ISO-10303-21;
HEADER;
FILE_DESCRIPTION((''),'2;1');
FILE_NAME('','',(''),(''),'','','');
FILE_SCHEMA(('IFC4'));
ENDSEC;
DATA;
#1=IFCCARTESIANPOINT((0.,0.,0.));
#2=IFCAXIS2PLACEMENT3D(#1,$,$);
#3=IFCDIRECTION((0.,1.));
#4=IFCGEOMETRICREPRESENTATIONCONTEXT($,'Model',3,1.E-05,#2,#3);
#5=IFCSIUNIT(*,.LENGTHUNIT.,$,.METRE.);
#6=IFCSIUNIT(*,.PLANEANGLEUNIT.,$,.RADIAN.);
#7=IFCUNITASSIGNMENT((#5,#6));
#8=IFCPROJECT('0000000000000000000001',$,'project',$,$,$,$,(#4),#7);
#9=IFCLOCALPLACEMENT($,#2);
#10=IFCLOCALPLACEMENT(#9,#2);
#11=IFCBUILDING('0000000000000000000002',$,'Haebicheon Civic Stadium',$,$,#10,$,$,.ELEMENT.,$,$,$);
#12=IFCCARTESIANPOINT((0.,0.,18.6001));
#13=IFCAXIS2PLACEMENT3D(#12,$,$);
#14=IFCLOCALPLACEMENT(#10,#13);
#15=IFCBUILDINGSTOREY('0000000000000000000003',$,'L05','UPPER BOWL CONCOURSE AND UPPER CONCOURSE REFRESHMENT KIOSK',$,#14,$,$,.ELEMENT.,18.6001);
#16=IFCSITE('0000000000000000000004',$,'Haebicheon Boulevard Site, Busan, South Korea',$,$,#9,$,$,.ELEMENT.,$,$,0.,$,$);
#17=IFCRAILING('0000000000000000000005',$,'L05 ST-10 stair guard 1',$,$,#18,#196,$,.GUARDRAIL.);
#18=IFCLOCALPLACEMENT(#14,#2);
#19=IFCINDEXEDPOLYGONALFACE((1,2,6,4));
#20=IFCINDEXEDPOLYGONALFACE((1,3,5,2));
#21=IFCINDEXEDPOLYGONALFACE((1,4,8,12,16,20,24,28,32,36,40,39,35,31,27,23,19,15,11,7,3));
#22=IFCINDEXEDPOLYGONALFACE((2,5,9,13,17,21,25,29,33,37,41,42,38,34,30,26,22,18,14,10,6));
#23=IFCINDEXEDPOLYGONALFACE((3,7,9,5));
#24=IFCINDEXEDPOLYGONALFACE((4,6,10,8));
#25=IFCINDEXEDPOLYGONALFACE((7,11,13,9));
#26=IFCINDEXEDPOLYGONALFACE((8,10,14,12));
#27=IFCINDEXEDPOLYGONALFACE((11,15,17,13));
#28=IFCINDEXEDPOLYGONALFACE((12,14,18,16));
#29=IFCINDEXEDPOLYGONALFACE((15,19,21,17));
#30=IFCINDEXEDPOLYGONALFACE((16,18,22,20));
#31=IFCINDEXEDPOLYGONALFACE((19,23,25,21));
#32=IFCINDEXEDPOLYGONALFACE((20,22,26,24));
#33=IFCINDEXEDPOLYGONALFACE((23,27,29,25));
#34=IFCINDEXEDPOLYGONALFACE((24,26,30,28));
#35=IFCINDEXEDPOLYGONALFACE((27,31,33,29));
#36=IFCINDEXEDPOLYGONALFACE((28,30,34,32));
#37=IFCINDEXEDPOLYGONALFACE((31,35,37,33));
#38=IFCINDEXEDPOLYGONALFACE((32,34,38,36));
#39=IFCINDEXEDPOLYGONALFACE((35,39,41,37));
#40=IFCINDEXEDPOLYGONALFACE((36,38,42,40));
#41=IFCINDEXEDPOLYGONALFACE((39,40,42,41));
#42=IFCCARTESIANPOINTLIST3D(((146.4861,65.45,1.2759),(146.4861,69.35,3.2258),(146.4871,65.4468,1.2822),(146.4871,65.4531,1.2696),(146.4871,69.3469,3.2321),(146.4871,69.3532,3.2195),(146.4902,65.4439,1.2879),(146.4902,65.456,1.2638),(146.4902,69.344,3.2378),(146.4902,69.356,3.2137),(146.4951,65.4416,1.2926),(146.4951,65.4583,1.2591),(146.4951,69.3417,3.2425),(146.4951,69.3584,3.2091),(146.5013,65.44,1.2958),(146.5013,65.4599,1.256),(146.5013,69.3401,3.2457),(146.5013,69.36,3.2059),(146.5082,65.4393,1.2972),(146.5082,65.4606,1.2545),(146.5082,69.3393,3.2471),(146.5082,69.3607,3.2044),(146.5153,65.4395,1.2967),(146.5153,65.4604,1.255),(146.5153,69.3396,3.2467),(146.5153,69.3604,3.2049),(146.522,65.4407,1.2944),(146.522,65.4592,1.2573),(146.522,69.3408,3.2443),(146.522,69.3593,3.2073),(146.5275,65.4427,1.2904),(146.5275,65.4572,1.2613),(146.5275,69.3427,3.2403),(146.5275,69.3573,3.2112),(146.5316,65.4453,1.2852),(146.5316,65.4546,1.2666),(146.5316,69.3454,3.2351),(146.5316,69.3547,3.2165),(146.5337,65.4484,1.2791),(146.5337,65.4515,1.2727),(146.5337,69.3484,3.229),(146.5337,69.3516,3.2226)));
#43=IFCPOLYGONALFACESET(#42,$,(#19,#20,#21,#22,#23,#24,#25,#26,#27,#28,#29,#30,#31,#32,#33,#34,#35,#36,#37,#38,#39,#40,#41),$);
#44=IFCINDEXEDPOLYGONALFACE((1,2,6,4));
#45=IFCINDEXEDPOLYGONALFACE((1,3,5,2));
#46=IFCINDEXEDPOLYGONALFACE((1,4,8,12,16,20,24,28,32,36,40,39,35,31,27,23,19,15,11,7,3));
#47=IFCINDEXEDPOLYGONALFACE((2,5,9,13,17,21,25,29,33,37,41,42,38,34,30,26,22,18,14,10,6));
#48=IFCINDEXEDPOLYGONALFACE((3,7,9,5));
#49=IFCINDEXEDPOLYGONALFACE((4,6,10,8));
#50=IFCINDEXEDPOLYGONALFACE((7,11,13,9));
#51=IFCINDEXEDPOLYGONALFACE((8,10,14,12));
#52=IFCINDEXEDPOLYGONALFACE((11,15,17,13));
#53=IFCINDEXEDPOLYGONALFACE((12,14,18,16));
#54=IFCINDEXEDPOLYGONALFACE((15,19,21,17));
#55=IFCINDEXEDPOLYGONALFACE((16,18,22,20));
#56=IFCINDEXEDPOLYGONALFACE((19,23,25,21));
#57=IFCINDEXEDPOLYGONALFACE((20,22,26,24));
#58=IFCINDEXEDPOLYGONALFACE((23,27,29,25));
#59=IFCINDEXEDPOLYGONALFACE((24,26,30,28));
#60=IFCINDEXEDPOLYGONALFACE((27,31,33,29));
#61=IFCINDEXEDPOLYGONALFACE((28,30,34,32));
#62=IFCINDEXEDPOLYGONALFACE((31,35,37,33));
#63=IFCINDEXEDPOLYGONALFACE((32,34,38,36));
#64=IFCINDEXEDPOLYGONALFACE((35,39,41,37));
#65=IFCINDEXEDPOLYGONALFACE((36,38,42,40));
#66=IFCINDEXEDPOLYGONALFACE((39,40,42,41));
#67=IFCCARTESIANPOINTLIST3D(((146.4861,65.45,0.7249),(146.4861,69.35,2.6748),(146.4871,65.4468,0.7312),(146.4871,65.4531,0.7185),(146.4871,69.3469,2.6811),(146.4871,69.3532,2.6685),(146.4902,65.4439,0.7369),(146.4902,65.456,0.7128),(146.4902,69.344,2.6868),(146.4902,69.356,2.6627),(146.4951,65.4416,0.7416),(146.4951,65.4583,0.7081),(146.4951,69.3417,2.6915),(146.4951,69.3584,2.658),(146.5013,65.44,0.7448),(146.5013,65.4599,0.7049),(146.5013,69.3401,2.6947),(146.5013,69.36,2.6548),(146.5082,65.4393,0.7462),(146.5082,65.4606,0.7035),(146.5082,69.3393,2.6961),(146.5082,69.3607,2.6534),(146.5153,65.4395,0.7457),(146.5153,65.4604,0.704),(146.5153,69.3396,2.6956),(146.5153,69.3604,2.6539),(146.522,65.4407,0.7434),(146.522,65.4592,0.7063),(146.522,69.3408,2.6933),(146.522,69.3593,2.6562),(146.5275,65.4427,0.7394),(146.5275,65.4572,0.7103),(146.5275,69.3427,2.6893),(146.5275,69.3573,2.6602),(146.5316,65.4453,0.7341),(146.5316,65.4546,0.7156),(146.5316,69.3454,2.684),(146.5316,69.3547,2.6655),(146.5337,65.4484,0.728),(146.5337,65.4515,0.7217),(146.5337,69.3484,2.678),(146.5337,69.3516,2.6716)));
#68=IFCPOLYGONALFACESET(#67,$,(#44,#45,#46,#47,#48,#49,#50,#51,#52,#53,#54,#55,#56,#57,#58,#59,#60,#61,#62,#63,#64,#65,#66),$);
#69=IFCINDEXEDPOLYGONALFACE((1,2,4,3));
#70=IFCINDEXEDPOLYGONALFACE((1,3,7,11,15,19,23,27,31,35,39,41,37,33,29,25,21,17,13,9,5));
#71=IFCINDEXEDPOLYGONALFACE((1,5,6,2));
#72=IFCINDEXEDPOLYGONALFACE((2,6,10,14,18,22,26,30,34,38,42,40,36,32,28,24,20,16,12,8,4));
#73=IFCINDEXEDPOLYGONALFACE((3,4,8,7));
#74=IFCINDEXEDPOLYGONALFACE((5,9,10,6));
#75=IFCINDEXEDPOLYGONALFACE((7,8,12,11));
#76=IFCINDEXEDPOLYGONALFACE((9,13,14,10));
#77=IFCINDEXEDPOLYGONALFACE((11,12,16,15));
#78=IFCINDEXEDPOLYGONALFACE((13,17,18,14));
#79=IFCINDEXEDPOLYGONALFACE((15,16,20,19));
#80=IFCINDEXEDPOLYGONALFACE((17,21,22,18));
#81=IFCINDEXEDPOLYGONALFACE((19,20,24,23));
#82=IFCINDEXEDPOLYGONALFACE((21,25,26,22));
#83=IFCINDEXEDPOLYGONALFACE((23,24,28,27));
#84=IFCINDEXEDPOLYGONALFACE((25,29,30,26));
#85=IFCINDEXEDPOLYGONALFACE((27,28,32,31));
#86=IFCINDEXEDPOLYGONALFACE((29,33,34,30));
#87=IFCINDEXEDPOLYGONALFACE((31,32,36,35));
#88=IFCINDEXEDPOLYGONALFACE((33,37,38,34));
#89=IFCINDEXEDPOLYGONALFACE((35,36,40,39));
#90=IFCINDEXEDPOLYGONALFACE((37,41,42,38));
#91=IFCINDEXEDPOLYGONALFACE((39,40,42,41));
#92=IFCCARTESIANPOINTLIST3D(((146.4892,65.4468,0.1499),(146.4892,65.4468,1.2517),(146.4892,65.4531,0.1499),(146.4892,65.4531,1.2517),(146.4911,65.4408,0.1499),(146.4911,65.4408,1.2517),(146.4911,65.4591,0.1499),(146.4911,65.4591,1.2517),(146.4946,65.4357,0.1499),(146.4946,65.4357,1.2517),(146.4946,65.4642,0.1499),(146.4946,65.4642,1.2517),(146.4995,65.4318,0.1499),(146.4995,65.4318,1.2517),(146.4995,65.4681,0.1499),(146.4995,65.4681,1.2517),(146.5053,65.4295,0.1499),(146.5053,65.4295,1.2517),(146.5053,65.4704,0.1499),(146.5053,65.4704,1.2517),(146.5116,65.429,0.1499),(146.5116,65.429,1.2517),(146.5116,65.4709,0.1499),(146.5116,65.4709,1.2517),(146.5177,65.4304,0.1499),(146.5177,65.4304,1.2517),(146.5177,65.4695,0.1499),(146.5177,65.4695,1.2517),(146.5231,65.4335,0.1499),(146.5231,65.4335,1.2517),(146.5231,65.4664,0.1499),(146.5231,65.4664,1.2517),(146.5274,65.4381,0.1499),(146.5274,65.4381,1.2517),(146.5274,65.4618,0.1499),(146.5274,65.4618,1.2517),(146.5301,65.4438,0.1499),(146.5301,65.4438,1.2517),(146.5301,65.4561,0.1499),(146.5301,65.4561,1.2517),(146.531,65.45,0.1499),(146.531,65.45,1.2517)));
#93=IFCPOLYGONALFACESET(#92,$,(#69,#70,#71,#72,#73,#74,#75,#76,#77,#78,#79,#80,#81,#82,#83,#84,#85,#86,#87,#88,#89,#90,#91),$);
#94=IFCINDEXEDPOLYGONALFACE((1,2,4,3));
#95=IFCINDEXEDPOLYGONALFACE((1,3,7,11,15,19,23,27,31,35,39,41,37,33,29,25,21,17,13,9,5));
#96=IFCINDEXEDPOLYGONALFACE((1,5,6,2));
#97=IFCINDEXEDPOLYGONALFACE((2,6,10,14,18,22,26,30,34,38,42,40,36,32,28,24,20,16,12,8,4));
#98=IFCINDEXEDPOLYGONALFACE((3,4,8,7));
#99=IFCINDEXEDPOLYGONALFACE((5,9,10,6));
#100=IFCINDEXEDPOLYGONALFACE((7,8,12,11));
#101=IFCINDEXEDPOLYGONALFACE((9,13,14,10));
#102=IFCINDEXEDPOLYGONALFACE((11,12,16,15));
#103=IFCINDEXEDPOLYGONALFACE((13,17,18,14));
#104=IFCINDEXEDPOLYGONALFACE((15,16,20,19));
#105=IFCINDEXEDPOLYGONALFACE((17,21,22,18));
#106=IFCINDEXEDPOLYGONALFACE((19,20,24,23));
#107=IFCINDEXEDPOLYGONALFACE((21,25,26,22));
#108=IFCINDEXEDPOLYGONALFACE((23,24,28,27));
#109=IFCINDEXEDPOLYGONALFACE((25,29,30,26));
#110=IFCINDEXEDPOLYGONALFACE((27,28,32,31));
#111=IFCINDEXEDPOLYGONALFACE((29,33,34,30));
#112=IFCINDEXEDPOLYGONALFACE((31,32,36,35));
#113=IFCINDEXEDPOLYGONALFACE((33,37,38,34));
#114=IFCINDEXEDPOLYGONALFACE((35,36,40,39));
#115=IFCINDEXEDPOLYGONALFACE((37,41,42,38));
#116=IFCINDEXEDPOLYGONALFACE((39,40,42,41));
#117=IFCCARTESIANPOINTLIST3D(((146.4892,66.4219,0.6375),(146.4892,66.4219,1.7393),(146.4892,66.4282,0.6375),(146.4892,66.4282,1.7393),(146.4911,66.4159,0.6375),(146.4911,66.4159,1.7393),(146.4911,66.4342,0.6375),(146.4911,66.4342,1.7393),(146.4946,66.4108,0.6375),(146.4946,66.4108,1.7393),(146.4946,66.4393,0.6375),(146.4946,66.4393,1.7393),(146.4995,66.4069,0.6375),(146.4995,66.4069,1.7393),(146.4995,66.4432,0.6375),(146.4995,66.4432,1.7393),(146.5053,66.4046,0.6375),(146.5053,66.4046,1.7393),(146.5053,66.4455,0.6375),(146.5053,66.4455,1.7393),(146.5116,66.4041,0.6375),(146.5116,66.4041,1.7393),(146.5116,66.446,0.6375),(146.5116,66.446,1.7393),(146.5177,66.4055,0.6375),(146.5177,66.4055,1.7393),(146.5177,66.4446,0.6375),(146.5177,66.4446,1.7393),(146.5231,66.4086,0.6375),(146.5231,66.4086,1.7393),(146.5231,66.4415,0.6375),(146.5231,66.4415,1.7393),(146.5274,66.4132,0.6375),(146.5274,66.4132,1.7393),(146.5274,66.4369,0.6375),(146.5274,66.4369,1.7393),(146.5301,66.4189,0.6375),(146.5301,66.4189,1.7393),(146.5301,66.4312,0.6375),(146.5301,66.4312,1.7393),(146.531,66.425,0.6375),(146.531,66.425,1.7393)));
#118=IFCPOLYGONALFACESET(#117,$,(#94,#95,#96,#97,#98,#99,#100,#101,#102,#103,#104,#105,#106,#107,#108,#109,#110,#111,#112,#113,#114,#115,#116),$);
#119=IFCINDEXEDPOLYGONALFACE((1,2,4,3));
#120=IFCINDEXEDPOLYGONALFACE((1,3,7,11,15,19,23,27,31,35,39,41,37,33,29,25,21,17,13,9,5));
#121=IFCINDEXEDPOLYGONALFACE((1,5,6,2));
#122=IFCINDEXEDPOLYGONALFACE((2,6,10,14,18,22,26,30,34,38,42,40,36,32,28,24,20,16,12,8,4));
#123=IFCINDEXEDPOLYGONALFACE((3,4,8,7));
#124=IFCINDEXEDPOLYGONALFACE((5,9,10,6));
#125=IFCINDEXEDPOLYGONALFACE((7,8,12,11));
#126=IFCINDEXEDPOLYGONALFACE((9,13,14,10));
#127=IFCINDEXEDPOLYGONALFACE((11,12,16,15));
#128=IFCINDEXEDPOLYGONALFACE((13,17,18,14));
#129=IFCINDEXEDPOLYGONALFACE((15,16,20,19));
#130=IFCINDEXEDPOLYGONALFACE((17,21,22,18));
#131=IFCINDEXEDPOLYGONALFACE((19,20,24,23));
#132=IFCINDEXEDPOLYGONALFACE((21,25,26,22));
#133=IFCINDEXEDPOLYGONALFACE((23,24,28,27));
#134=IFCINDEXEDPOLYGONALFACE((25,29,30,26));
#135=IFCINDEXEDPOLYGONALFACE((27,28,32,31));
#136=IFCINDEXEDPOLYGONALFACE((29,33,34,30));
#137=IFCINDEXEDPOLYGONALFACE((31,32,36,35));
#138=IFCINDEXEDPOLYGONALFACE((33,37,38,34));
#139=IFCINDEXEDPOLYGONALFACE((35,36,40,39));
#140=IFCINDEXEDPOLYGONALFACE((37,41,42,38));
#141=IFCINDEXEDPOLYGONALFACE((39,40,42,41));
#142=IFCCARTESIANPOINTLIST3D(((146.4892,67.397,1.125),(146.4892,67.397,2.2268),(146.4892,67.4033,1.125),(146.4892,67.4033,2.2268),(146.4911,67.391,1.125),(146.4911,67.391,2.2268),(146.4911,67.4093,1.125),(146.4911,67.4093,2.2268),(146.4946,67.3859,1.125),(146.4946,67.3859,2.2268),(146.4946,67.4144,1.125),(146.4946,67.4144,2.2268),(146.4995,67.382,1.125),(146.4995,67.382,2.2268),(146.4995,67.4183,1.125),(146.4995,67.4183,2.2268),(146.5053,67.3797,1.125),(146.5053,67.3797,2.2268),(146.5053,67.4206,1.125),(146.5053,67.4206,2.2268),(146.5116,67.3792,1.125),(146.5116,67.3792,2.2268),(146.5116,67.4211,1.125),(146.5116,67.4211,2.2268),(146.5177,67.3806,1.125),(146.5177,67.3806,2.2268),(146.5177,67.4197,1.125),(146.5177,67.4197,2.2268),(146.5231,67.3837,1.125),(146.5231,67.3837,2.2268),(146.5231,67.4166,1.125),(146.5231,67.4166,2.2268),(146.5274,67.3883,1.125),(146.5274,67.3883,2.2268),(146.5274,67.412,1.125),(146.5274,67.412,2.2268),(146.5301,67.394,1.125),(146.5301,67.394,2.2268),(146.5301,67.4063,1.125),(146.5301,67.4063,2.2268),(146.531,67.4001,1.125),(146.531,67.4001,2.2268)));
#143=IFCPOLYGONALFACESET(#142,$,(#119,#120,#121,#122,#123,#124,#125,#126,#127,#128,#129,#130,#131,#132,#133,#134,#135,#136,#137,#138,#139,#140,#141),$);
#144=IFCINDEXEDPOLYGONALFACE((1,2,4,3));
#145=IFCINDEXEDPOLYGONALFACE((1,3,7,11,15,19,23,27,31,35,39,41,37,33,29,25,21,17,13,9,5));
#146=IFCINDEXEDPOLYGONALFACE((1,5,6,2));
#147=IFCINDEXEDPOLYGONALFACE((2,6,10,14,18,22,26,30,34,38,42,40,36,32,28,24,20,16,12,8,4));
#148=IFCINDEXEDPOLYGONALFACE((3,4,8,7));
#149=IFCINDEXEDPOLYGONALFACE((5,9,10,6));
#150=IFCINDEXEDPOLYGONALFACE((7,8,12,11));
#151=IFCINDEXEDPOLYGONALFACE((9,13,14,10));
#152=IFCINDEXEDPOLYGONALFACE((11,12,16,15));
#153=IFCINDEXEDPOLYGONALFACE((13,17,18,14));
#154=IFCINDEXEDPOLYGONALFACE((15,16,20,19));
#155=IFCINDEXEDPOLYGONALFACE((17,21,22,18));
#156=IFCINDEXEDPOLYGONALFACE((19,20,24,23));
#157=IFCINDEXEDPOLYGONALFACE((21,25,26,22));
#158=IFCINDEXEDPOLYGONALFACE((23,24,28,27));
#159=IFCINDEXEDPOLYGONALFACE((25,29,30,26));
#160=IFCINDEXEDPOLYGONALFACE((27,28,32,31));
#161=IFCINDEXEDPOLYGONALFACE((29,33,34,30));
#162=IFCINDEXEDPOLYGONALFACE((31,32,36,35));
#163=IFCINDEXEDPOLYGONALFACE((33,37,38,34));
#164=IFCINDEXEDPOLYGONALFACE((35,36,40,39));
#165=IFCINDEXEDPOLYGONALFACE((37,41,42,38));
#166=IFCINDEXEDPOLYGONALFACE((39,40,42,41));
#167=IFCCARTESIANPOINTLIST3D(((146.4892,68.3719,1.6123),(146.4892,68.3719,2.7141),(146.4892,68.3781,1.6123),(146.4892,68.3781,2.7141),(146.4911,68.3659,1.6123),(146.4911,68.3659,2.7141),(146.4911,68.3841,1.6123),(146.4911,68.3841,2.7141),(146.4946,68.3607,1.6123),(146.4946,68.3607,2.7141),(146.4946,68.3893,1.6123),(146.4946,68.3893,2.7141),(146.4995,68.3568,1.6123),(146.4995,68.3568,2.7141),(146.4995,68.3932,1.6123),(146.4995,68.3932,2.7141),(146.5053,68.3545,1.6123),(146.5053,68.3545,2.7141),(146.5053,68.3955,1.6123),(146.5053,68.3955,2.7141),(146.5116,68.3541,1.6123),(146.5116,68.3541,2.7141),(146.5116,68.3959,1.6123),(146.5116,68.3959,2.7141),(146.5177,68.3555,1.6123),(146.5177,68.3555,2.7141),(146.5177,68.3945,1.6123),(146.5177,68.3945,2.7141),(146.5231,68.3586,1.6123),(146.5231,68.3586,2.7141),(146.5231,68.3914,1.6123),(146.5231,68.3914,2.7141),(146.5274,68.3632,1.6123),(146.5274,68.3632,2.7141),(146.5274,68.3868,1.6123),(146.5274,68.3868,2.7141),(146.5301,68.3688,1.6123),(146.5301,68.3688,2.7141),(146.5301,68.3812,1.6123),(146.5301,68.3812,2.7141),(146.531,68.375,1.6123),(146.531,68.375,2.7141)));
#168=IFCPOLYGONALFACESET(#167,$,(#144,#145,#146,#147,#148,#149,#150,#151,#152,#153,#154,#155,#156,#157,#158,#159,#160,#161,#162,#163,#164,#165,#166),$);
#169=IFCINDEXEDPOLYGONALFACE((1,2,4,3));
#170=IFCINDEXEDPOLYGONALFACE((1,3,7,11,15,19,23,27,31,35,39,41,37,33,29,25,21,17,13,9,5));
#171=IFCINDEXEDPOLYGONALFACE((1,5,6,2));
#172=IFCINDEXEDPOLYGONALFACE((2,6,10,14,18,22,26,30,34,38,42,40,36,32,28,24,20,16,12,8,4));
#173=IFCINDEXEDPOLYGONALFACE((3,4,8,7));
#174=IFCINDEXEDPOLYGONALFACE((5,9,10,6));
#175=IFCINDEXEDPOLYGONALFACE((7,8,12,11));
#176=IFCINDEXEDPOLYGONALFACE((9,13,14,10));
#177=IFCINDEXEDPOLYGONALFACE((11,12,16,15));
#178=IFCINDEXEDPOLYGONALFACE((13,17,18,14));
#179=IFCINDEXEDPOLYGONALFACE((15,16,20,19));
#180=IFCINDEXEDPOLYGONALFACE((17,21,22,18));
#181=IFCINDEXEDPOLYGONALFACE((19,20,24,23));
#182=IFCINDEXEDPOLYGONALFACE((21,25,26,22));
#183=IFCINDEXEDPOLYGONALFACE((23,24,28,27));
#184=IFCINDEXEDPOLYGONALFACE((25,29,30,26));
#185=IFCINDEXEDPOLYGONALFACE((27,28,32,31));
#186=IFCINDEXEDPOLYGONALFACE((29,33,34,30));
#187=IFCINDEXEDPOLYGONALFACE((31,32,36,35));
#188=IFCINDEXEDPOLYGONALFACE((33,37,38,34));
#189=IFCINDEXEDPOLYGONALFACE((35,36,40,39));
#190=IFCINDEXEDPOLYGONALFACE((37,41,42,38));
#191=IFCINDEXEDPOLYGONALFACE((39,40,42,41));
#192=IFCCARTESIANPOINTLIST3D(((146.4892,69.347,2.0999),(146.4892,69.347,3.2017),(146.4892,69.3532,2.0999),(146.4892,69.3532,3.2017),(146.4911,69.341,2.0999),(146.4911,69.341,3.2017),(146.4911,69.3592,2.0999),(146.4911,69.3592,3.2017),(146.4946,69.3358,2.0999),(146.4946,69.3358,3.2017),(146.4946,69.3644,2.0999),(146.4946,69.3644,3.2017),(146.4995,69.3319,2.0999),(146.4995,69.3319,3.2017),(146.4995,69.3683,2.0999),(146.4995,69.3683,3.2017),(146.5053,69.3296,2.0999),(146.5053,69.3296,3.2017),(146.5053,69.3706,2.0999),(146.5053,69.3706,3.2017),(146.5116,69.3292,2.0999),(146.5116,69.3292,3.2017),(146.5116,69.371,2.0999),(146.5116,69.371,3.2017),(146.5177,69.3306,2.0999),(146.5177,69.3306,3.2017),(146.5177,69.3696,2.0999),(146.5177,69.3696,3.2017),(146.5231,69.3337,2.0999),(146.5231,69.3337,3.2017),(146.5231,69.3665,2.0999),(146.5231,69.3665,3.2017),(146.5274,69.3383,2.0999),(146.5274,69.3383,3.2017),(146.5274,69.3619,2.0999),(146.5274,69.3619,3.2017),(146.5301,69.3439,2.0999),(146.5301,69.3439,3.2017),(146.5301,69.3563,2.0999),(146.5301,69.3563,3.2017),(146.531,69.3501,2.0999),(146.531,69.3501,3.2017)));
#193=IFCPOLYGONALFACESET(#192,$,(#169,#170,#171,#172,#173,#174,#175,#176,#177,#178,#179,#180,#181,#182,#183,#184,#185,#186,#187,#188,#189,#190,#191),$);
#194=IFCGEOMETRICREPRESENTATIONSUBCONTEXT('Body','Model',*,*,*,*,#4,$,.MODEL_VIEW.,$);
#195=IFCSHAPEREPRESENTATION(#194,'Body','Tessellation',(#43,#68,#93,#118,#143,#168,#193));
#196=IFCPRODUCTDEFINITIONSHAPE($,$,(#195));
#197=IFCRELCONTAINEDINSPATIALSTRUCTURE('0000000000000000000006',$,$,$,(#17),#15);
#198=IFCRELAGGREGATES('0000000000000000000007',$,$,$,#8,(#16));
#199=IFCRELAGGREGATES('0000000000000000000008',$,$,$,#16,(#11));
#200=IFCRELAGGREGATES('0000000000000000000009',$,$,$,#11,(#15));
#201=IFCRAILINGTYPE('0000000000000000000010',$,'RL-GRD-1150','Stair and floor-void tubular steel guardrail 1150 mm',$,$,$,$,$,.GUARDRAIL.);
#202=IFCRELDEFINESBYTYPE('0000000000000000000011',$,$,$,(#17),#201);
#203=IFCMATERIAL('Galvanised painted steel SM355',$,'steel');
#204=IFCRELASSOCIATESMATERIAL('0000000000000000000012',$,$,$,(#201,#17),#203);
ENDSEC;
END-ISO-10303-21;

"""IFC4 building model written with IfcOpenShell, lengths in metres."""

from ifc_helpers import new_model, si_unit, direction, frame, origin, origin_2d, place, context, subcontext, project, spatial, circle, extrude, material, type_object, element, save


model = new_model("IFC4")

# Units and contexts
model_context = context("Model", 3, precision=1e-05, world=origin(), true_north=direction((0.0, 1.0)))
body_context = subcontext(model_context, "Body", "Model", "MODEL_VIEW")
ifc_project = project(units=[si_unit("LENGTHUNIT", "METRE"), si_unit("PLANEANGLEUNIT", "RADIAN")], contexts=[model_context])

# Site, building, storey
site_placement = place(None, origin())
site = spatial("IfcSite", under=ifc_project, at=site_placement, Name="Haebicheon Boulevard Site, Busan, South Korea", CompositionType="ELEMENT", RefElevation=0.0)
building_placement = place(site_placement, origin())
building = spatial("IfcBuilding", under=site, at=building_placement, Name="Haebicheon Civic Stadium", CompositionType="ELEMENT")
storey_placement = place(building_placement, frame((0.0, 0.0, 18.6001)))
storey = spatial("IfcBuildingStorey", under=building, at=storey_placement, Name="L05", Description="UPPER BOWL CONCOURSE AND UPPER CONCOURSE REFRESHMENT KIOSK", CompositionType="ELEMENT", Elevation=18.6001)

# Railing
ifc_material_1 = material(Name="Galvanised painted steel SM355", Category="steel")
railing_type_1 = type_object("IfcRailingType", Name="RL-GRD-1150", Description="Stair and floor-void tubular steel guardrail 1150 mm", PredefinedType="GUARDRAIL", material=ifc_material_1)
railing_1_placement = place(storey_placement, frame((146.51, 65.45, 0.1499)))
element("IfcRailing", 1, at=railing_1_placement, inside=storey, type_object=railing_type_1, material=ifc_material_1, Name="L05 ST-10 stair guard 1", PredefinedType="GUARDRAIL", context=body_context, shape_type="SweptSolid", body=[
    extrude(circle(Radius=0.0239, at=origin_2d()), frame((0.0, 0.0, 1.126), z_axis=(0.0, 0.894438, 0.447191), x_axis=(-1.0, 0.0, 0.0)), (0.0, 0.0, 1.0), 4.3604),
    extrude(circle(Radius=0.0239, at=origin_2d()), frame((0.0, 0.0, 0.575), z_axis=(0.0, 0.894438, 0.447191), x_axis=(-1.0, 0.0, 0.0)), (0.0, 0.0, 1.0), 4.3604),
    extrude(circle(Radius=0.021, at=origin_2d()), origin(), (0.0, 0.0, 1.0), 1.1018),
    extrude(circle(Radius=0.021, at=origin_2d()), frame((0.0, 0.9751, 0.4875)), (0.0, 0.0, 1.0), 1.1018),
    extrude(circle(Radius=0.021, at=origin_2d()), frame((0.0, 1.9502, 0.9751)), (0.0, 0.0, 1.0), 1.1018),
    extrude(circle(Radius=0.021, at=origin_2d()), frame((0.0, 2.925, 1.4624)), (0.0, 0.0, 1.0), 1.1018),
    extrude(circle(Radius=0.021, at=origin_2d()), frame((0.0, 3.9001, 1.95)), (0.0, 0.0, 1.0), 1.1018),
])

save(model, "model.ifc")
